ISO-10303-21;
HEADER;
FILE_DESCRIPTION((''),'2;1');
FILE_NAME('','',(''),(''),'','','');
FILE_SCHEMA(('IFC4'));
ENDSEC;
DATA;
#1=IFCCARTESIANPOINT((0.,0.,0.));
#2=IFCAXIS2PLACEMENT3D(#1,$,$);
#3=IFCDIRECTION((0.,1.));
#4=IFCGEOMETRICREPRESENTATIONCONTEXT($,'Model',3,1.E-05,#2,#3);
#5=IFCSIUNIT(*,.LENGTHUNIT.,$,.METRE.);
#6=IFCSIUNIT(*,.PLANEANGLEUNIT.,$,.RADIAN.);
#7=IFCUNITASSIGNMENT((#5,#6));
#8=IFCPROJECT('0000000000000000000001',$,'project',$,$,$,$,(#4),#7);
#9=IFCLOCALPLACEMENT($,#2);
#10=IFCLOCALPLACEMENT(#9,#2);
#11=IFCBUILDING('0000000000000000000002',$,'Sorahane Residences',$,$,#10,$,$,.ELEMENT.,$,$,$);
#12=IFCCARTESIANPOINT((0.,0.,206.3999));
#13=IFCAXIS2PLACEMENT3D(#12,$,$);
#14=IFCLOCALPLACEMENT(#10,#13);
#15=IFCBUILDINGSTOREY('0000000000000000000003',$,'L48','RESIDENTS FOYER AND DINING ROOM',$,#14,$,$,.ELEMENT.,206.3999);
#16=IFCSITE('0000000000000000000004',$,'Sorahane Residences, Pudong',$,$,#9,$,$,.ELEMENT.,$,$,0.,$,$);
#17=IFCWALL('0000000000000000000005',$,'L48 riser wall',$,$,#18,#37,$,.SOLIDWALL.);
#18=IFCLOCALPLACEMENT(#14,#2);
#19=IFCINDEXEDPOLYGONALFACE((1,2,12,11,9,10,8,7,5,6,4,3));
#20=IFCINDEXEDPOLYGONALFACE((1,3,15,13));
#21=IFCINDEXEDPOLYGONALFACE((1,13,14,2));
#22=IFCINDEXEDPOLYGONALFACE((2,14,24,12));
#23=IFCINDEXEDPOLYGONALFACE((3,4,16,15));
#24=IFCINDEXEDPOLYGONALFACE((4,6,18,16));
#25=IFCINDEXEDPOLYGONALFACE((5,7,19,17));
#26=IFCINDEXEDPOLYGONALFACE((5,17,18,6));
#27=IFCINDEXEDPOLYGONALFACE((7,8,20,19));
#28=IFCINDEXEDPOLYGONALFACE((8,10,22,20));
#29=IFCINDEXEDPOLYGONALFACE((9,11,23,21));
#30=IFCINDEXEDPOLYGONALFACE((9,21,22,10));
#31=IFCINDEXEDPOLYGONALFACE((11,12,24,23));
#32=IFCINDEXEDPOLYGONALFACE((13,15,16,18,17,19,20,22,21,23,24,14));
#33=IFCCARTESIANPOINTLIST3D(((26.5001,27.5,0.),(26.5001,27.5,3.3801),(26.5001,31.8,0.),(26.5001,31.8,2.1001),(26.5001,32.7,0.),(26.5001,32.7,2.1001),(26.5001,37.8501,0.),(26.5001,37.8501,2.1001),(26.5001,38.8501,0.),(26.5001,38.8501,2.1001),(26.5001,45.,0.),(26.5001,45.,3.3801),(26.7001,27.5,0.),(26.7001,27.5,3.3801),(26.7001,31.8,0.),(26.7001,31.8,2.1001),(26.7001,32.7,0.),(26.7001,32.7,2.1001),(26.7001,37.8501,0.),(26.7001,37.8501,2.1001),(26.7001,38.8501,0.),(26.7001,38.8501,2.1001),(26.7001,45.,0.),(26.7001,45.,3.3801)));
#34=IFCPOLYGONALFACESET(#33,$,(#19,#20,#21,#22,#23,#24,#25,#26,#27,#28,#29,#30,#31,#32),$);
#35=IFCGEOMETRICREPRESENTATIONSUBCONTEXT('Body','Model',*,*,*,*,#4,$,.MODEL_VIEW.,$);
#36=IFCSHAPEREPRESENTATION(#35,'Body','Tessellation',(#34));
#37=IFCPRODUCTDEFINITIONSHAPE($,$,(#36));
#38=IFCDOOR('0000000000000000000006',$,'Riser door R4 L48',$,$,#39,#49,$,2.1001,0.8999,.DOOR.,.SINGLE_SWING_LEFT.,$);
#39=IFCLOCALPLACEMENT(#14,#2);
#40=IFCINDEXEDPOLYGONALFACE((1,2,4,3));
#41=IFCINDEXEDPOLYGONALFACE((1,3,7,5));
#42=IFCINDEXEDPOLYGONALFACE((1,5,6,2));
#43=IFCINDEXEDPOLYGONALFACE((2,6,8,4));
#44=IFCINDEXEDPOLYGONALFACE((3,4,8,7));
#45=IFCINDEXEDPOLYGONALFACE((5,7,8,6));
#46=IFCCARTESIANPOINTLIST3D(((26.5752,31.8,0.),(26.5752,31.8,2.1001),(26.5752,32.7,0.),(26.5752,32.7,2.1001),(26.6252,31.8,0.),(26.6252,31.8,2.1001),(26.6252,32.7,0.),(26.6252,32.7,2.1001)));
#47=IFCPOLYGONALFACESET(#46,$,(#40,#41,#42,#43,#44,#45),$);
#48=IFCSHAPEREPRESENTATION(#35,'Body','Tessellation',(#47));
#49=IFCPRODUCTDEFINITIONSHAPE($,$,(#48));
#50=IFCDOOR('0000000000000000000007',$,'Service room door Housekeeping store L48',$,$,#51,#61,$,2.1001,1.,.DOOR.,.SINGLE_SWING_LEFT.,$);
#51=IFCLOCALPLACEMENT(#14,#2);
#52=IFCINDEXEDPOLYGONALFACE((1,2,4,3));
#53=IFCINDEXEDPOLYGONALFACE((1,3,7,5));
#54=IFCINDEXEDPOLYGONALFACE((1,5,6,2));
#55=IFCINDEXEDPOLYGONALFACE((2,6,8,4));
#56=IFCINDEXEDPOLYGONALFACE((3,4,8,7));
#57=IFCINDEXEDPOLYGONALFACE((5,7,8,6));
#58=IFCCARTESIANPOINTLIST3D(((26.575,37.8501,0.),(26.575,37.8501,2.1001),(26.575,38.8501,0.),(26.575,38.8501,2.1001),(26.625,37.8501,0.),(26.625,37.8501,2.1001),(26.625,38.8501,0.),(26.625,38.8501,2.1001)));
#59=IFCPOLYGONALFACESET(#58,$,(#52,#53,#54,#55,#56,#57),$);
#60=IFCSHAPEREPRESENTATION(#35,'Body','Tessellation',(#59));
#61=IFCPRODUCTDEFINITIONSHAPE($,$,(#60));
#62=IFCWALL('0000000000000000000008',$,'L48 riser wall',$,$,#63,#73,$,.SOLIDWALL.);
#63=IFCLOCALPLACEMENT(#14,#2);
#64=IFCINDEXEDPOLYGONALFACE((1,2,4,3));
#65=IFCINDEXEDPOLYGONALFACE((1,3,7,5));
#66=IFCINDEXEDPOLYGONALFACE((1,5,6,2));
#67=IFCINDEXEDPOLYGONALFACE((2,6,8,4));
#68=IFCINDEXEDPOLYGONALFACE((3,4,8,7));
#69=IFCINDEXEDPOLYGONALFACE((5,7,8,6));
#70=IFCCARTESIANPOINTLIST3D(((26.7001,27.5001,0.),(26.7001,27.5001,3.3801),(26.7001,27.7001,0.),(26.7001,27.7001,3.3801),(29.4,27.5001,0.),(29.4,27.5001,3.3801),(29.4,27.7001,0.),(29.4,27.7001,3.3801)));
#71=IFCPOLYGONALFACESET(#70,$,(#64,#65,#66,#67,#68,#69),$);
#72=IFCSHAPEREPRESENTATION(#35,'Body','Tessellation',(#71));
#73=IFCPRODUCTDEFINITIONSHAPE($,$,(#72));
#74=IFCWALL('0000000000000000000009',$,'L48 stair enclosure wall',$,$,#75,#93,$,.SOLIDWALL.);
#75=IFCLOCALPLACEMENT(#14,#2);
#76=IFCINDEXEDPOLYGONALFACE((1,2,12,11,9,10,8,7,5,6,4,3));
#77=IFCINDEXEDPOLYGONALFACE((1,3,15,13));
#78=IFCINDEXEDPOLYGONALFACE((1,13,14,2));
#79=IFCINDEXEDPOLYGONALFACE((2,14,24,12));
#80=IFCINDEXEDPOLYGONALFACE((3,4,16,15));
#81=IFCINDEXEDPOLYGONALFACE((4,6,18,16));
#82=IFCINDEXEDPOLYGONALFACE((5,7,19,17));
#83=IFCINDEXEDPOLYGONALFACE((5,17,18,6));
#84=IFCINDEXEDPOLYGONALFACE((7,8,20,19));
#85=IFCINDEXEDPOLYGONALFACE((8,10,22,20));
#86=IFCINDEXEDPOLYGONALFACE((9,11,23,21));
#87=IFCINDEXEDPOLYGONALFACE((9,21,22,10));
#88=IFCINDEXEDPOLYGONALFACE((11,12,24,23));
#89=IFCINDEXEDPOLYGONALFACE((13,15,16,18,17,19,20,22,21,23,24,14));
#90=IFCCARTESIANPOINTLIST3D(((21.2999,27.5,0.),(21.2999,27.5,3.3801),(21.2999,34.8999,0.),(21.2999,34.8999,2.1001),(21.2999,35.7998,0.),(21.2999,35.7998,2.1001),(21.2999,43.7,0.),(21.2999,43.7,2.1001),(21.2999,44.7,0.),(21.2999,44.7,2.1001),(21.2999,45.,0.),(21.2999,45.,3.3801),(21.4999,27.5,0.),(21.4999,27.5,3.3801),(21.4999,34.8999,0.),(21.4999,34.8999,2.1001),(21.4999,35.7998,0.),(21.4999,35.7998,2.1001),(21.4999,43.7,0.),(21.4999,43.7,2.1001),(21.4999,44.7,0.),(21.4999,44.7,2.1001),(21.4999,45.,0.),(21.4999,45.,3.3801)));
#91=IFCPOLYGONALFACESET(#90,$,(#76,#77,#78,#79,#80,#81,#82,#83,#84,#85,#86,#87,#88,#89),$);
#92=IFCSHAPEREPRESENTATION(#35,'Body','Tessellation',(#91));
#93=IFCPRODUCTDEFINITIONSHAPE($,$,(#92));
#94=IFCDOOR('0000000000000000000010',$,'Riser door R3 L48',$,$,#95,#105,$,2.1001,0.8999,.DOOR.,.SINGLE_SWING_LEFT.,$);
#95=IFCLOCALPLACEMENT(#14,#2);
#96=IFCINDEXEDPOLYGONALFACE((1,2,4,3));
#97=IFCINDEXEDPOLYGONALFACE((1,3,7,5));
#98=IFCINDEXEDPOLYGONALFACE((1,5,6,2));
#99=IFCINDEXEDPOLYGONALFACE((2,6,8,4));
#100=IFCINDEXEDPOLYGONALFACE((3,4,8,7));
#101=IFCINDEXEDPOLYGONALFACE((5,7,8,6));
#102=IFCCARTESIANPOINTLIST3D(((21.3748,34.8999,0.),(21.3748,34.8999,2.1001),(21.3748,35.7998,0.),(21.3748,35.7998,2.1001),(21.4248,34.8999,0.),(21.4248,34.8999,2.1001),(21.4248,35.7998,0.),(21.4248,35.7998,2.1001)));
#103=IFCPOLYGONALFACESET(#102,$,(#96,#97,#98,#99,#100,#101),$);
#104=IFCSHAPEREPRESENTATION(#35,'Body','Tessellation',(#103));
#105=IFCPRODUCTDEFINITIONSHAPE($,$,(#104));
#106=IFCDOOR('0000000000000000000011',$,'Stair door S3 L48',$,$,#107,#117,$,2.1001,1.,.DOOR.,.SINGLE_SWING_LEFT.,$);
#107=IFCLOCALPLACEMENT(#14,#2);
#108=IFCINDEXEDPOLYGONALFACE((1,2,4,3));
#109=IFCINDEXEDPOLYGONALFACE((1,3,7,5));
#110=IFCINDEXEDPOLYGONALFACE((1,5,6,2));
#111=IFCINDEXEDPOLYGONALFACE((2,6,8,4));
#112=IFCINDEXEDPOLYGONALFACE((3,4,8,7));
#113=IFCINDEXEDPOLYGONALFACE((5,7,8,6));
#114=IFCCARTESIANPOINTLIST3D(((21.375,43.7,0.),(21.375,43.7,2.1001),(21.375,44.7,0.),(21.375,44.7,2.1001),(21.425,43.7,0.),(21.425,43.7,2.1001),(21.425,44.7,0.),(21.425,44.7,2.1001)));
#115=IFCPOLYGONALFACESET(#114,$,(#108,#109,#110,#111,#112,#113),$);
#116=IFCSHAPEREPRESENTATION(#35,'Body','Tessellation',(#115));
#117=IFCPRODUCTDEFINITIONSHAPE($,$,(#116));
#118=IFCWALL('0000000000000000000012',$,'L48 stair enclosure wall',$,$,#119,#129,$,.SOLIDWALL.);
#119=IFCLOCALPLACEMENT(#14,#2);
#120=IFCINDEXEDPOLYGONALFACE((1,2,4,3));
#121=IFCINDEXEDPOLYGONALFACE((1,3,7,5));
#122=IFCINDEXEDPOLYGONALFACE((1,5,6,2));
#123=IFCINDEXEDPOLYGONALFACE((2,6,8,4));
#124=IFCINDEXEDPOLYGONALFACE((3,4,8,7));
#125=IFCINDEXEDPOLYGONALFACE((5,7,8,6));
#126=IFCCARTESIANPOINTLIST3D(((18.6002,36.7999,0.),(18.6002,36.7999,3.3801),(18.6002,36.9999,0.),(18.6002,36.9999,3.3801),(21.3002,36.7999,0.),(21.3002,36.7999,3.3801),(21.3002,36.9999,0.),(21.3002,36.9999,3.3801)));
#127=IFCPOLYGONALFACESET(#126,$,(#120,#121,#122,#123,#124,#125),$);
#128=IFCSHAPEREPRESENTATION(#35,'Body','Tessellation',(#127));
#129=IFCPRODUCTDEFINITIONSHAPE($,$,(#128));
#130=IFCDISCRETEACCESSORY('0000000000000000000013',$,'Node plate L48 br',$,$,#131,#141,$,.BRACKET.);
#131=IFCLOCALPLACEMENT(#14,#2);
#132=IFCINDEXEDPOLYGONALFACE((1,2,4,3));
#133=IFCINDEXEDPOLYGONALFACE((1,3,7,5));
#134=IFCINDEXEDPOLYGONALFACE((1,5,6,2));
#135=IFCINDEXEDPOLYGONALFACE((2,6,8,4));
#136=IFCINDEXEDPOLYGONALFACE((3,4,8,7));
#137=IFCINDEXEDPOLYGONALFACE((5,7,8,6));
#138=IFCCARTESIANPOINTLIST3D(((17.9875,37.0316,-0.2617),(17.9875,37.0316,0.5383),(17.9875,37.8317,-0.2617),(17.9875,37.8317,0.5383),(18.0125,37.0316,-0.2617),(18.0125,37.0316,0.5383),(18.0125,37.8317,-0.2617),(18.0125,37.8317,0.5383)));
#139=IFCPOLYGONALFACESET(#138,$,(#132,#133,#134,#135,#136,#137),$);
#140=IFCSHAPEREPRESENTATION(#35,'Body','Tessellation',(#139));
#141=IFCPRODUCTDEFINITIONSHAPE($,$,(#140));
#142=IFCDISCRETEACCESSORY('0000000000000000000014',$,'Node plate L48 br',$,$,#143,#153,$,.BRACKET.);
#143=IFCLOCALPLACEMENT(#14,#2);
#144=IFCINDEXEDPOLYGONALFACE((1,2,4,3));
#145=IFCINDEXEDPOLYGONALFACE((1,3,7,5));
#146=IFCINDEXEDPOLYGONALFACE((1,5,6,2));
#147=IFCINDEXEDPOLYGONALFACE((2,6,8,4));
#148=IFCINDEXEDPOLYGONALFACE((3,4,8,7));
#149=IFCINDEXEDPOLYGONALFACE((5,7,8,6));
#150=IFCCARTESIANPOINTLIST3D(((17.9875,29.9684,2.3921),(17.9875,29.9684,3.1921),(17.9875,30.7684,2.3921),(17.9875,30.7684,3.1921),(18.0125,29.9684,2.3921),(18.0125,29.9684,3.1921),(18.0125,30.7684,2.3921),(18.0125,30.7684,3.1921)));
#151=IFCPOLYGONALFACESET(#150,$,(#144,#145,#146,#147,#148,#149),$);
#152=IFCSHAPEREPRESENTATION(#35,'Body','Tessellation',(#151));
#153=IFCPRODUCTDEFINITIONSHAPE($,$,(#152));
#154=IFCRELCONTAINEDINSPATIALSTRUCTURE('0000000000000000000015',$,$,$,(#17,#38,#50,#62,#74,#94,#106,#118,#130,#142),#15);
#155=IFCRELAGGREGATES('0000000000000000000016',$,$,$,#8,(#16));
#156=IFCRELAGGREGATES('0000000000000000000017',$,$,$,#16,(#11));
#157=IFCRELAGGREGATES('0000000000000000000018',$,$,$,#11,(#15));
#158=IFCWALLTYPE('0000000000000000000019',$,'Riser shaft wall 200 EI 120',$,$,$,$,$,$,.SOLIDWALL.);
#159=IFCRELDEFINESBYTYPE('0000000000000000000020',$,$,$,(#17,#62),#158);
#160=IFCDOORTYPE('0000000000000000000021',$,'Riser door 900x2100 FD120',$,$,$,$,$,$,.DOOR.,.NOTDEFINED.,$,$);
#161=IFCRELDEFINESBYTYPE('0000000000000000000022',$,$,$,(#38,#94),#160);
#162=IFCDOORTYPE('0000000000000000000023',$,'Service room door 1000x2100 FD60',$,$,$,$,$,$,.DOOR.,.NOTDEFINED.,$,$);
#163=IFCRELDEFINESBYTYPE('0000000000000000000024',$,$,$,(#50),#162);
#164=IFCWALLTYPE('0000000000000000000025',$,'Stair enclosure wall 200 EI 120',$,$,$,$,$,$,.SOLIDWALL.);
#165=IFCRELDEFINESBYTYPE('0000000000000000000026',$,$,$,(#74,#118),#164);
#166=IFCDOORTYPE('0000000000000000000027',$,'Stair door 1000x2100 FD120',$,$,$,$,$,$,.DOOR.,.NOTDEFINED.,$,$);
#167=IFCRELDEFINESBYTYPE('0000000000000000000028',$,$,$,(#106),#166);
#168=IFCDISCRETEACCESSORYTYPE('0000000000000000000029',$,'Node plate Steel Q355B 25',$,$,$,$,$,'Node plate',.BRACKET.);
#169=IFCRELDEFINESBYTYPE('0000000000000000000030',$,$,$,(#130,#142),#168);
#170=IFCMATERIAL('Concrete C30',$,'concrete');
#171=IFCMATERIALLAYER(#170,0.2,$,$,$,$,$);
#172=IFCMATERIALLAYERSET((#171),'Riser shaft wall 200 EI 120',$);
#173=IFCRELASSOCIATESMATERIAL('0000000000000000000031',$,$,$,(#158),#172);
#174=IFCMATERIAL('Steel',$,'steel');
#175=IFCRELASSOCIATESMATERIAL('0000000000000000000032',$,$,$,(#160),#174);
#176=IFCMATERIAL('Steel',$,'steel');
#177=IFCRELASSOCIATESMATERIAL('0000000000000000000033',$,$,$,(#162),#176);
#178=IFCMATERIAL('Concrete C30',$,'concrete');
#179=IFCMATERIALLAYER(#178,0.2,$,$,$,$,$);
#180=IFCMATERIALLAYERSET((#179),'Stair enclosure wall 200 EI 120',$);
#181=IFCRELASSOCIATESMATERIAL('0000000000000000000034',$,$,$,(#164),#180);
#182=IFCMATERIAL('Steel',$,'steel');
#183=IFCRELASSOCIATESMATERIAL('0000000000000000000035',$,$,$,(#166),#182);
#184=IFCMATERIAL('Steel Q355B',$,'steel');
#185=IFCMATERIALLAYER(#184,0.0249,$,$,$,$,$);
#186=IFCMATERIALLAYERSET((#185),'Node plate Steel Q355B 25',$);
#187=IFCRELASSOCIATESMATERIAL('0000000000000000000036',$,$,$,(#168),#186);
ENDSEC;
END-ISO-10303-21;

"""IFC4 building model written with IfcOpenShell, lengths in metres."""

from ifc_helpers import new_model, si_unit, direction, frame, frame_2d, origin, origin_2d, place, context, subcontext, project, spatial, rectangle, extrude, material, layer, layer_set, type_object, element, fill, save


model = new_model("IFC4")

# Units and contexts
model_context = context("Model", 3, precision=1e-05, world=origin(), true_north=direction((0.0, 1.0)))
body_context = subcontext(model_context, "Body", "Model", "MODEL_VIEW")
ifc_project = project(units=[si_unit("LENGTHUNIT", "METRE"), si_unit("PLANEANGLEUNIT", "RADIAN")], contexts=[model_context])

# Site, building, storey
site_placement = place(None, origin())
site = spatial("IfcSite", under=ifc_project, at=site_placement, Name="Sorahane Residences, Pudong", CompositionType="ELEMENT", RefElevation=0.0)
building_placement = place(site_placement, origin())
building = spatial("IfcBuilding", under=site, at=building_placement, Name="Sorahane Residences", CompositionType="ELEMENT")
storey_placement = place(building_placement, frame((0.0, 0.0, 206.3999)))
storey = spatial("IfcBuildingStorey", under=building, at=storey_placement, Name="L48", Description="RESIDENTS FOYER AND DINING ROOM", CompositionType="ELEMENT", Elevation=206.3999)

# Wall, openings, doors
ifc_material_1 = material(Name="Concrete C30", Category="concrete")
ifc_layer_1 = layer(ifc_material_1, 0.2)
ifc_layer_set_1 = layer_set([ifc_layer_1], Name="Riser shaft wall 200 EI 120")
wall_type_1 = type_object("IfcWallType", Name="Riser shaft wall 200 EI 120", PredefinedType="SOLIDWALL", material=ifc_layer_set_1)
wall_1_placement = place(storey_placement, frame((26.6001, 27.5, 0.0), z_axis=(0.0, 0.0, 1.0), x_axis=(0.0, 1.0, 0.0)))
wall_1 = element("IfcWall", 1, at=wall_1_placement, inside=storey, type_object=wall_type_1, Name="L48 riser wall", PredefinedType="SOLIDWALL", context=body_context, shape_type="SweptSolid", body=[
    extrude(rectangle(XDim=17.5, YDim=0.2, at=frame_2d((8.75, 0.0))), origin(), (0.0, 0.0, 1.0), 3.3801),
])
opening_1_placement = place(wall_1_placement, frame((4.3, 0.0, 0.0)))
opening_1 = element("IfcOpeningElement", 2, at=opening_1_placement, cuts=wall_1, PredefinedType="OPENING", context=body_context, shape_type="SweptSolid", body=[
    extrude(rectangle(XDim=0.8999, YDim=2.1001, at=frame_2d((0.45, 1.05))), frame((0.0, 0.1099, 0.0), z_axis=(0.0, -1.0, 0.0), x_axis=(1.0, 0.0, 0.0)), (0.0, 0.0, 1.0), 0.22),
])
opening_2_placement = place(wall_1_placement, frame((10.3501, 0.0, 0.0)))
opening_2 = element("IfcOpeningElement", 3, at=opening_2_placement, cuts=wall_1, PredefinedType="OPENING", context=body_context, shape_type="SweptSolid", body=[
    extrude(rectangle(XDim=1.0, YDim=2.1001, at=frame_2d((0.5, 1.05))), frame((0.0, 0.1099, 0.0), z_axis=(0.0, -1.0, 0.0), x_axis=(1.0, 0.0, 0.0)), (0.0, 0.0, 1.0), 0.22),
])
ifc_material_2 = material(Name="Steel", Category="steel")
door_type_1 = type_object("IfcDoorType", Name="Riser door 900x2100 FD120", OperationType="NOTDEFINED", PredefinedType="DOOR", material=ifc_material_2)
door_1_placement = place(opening_1_placement, origin())
door_1 = element("IfcDoor", 4, at=door_1_placement, inside=storey, type_object=door_type_1, Name="Riser door R4 L48", OperationType="SINGLE_SWING_LEFT", OverallHeight=2.1001, OverallWidth=0.8999, PredefinedType="DOOR", context=body_context, shape_type="SweptSolid", body=[
    extrude(rectangle(XDim=0.8999, YDim=2.1001, at=frame_2d((0.45, 1.05))), frame((0.0, 0.0249, 0.0), z_axis=(0.0, -1.0, 0.0), x_axis=(1.0, 0.0, 0.0)), (0.0, 0.0, 1.0), 0.05),
])
fill(opening_1, door_1)
ifc_material_3 = material(Name="Steel", Category="steel")
door_type_2 = type_object("IfcDoorType", Name="Service room door 1000x2100 FD60", OperationType="NOTDEFINED", PredefinedType="DOOR", material=ifc_material_3)
door_2_placement = place(opening_2_placement, frame((1.0, 0.0, 0.0), z_axis=(0.0, 0.0, 1.0), x_axis=(-1.0, 0.0, 0.0)))
door_2 = element("IfcDoor", 5, at=door_2_placement, inside=storey, type_object=door_type_2, Name="Service room door Housekeeping store L48", OperationType="SINGLE_SWING_LEFT", OverallHeight=2.1001, OverallWidth=1.0, PredefinedType="DOOR", context=body_context, shape_type="SweptSolid", body=[
    extrude(rectangle(XDim=1.0, YDim=2.1001, at=frame_2d((0.5, 1.05))), frame((0.0, 0.0249, 0.0), z_axis=(0.0, -1.0, 0.0), x_axis=(1.0, 0.0, 0.0)), (0.0, 0.0, 1.0), 0.05),
])
fill(opening_2, door_2)

# Wall
wall_2_placement = place(storey_placement, frame((26.7, 27.6001, 0.0), z_axis=(0.0, 0.0, 1.0), x_axis=(1.0, 0.0, 0.0)))
element("IfcWall", 6, at=wall_2_placement, inside=storey, type_object=wall_type_1, Name="L48 riser wall", PredefinedType="SOLIDWALL", context=body_context, shape_type="SweptSolid", body=[
    extrude(rectangle(XDim=2.7, YDim=0.2, at=frame_2d((1.3501, 0.0))), origin(), (0.0, 0.0, 1.0), 3.3801),
])

# Wall, openings, doors
ifc_material_4 = material(Name="Concrete C30", Category="concrete")
ifc_layer_2 = layer(ifc_material_4, 0.2)
ifc_layer_set_2 = layer_set([ifc_layer_2], Name="Stair enclosure wall 200 EI 120")
wall_type_2 = type_object("IfcWallType", Name="Stair enclosure wall 200 EI 120", PredefinedType="SOLIDWALL", material=ifc_layer_set_2)
wall_3_placement = place(storey_placement, frame((21.3999, 27.5, 0.0), z_axis=(0.0, 0.0, 1.0), x_axis=(0.0, 1.0, 0.0)))
wall_3 = element("IfcWall", 7, at=wall_3_placement, inside=storey, type_object=wall_type_2, Name="L48 stair enclosure wall", PredefinedType="SOLIDWALL", context=body_context, shape_type="SweptSolid", body=[
    extrude(rectangle(XDim=17.5, YDim=0.2, at=frame_2d((8.75, 0.0))), origin(), (0.0, 0.0, 1.0), 3.3801),
])
opening_3_placement = place(wall_3_placement, frame((16.2, 0.0, 0.0)))
opening_3 = element("IfcOpeningElement", 8, at=opening_3_placement, cuts=wall_3, PredefinedType="OPENING", context=body_context, shape_type="SweptSolid", body=[
    extrude(rectangle(XDim=1.0, YDim=2.1001, at=frame_2d((0.5, 1.05))), frame((0.0, 0.1099, 0.0), z_axis=(0.0, -1.0, 0.0), x_axis=(1.0, 0.0, 0.0)), (0.0, 0.0, 1.0), 0.22),
])
opening_4_placement = place(wall_3_placement, frame((7.3999, 0.0, 0.0)))
opening_4 = element("IfcOpeningElement", 9, at=opening_4_placement, cuts=wall_3, PredefinedType="OPENING", context=body_context, shape_type="SweptSolid", body=[
    extrude(rectangle(XDim=0.8999, YDim=2.1001, at=frame_2d((0.45, 1.05))), frame((0.0, 0.1099, 0.0), z_axis=(0.0, -1.0, 0.0), x_axis=(1.0, 0.0, 0.0)), (0.0, 0.0, 1.0), 0.22),
])
door_3_placement = place(opening_4_placement, frame((0.8999, 0.0, 0.0), z_axis=(0.0, 0.0, 1.0), x_axis=(-1.0, 0.0, 0.0)))
door_3 = element("IfcDoor", 10, at=door_3_placement, inside=storey, type_object=door_type_1, Name="Riser door R3 L48", OperationType="SINGLE_SWING_LEFT", OverallHeight=2.1001, OverallWidth=0.8999, PredefinedType="DOOR", context=body_context, shape_type="SweptSolid", body=[
    extrude(rectangle(XDim=0.8999, YDim=2.1001, at=frame_2d((0.45, 1.05))), frame((0.0, 0.0249, 0.0), z_axis=(0.0, -1.0, 0.0), x_axis=(1.0, 0.0, 0.0)), (0.0, 0.0, 1.0), 0.05),
])
fill(opening_4, door_3)
ifc_material_5 = material(Name="Steel", Category="steel")
door_type_3 = type_object("IfcDoorType", Name="Stair door 1000x2100 FD120", OperationType="NOTDEFINED", PredefinedType="DOOR", material=ifc_material_5)
door_4_placement = place(opening_3_placement, origin())
door_4 = element("IfcDoor", 11, at=door_4_placement, inside=storey, type_object=door_type_3, Name="Stair door S3 L48", OperationType="SINGLE_SWING_LEFT", OverallHeight=2.1001, OverallWidth=1.0, PredefinedType="DOOR", context=body_context, shape_type="SweptSolid", body=[
    extrude(rectangle(XDim=1.0, YDim=2.1001, at=frame_2d((0.5, 1.05))), frame((0.0, 0.0249, 0.0), z_axis=(0.0, -1.0, 0.0), x_axis=(1.0, 0.0, 0.0)), (0.0, 0.0, 1.0), 0.05),
])
fill(opening_3, door_4)

# Wall
wall_4_placement = place(storey_placement, frame((18.6001, 36.8999, 0.0), z_axis=(0.0, 0.0, 1.0), x_axis=(1.0, 0.0, 0.0)))
element("IfcWall", 12, at=wall_4_placement, inside=storey, type_object=wall_type_2, Name="L48 stair enclosure wall", PredefinedType="SOLIDWALL", context=body_context, shape_type="SweptSolid", body=[
    extrude(rectangle(XDim=2.7, YDim=0.2, at=frame_2d((1.3501, 0.0))), origin(), (0.0, 0.0, 1.0), 3.3801),
])

# Discrete accessories
ifc_material_6 = material(Name="Steel Q355B", Category="steel")
ifc_layer_3 = layer(ifc_material_6, 0.0249)
ifc_layer_set_3 = layer_set([ifc_layer_3], Name="Node plate Steel Q355B 25")
discrete_accessory_type = type_object("IfcDiscreteAccessoryType", Name="Node plate Steel Q355B 25", ElementType="Node plate", PredefinedType="BRACKET", material=ifc_layer_set_3)
for number, where, z_axis, x_axis, name in (
    (13, (18.0, 37.4316, -0.2617), (0.0, 0.0, 1.0), (0.0, 1.0, 0.0), "Node plate L48 br"),
    (14, (18.0, 30.3684, 2.3921), (0.0, 0.0, 1.0), (0.0, 1.0, 0.0), "Node plate L48 br"),
):
    element("IfcDiscreteAccessory", number, at=place(storey_placement, frame(where, z_axis=z_axis, x_axis=x_axis)), inside=storey, type_object=discrete_accessory_type, Name=name, PredefinedType="BRACKET", context=body_context, shape_type="SweptSolid", body=[
        extrude(rectangle(XDim=0.8, YDim=0.0249, at=origin_2d()), origin(), (0.0, 0.0, 1.0), 0.8),
    ])

save(model, "model.ifc")
